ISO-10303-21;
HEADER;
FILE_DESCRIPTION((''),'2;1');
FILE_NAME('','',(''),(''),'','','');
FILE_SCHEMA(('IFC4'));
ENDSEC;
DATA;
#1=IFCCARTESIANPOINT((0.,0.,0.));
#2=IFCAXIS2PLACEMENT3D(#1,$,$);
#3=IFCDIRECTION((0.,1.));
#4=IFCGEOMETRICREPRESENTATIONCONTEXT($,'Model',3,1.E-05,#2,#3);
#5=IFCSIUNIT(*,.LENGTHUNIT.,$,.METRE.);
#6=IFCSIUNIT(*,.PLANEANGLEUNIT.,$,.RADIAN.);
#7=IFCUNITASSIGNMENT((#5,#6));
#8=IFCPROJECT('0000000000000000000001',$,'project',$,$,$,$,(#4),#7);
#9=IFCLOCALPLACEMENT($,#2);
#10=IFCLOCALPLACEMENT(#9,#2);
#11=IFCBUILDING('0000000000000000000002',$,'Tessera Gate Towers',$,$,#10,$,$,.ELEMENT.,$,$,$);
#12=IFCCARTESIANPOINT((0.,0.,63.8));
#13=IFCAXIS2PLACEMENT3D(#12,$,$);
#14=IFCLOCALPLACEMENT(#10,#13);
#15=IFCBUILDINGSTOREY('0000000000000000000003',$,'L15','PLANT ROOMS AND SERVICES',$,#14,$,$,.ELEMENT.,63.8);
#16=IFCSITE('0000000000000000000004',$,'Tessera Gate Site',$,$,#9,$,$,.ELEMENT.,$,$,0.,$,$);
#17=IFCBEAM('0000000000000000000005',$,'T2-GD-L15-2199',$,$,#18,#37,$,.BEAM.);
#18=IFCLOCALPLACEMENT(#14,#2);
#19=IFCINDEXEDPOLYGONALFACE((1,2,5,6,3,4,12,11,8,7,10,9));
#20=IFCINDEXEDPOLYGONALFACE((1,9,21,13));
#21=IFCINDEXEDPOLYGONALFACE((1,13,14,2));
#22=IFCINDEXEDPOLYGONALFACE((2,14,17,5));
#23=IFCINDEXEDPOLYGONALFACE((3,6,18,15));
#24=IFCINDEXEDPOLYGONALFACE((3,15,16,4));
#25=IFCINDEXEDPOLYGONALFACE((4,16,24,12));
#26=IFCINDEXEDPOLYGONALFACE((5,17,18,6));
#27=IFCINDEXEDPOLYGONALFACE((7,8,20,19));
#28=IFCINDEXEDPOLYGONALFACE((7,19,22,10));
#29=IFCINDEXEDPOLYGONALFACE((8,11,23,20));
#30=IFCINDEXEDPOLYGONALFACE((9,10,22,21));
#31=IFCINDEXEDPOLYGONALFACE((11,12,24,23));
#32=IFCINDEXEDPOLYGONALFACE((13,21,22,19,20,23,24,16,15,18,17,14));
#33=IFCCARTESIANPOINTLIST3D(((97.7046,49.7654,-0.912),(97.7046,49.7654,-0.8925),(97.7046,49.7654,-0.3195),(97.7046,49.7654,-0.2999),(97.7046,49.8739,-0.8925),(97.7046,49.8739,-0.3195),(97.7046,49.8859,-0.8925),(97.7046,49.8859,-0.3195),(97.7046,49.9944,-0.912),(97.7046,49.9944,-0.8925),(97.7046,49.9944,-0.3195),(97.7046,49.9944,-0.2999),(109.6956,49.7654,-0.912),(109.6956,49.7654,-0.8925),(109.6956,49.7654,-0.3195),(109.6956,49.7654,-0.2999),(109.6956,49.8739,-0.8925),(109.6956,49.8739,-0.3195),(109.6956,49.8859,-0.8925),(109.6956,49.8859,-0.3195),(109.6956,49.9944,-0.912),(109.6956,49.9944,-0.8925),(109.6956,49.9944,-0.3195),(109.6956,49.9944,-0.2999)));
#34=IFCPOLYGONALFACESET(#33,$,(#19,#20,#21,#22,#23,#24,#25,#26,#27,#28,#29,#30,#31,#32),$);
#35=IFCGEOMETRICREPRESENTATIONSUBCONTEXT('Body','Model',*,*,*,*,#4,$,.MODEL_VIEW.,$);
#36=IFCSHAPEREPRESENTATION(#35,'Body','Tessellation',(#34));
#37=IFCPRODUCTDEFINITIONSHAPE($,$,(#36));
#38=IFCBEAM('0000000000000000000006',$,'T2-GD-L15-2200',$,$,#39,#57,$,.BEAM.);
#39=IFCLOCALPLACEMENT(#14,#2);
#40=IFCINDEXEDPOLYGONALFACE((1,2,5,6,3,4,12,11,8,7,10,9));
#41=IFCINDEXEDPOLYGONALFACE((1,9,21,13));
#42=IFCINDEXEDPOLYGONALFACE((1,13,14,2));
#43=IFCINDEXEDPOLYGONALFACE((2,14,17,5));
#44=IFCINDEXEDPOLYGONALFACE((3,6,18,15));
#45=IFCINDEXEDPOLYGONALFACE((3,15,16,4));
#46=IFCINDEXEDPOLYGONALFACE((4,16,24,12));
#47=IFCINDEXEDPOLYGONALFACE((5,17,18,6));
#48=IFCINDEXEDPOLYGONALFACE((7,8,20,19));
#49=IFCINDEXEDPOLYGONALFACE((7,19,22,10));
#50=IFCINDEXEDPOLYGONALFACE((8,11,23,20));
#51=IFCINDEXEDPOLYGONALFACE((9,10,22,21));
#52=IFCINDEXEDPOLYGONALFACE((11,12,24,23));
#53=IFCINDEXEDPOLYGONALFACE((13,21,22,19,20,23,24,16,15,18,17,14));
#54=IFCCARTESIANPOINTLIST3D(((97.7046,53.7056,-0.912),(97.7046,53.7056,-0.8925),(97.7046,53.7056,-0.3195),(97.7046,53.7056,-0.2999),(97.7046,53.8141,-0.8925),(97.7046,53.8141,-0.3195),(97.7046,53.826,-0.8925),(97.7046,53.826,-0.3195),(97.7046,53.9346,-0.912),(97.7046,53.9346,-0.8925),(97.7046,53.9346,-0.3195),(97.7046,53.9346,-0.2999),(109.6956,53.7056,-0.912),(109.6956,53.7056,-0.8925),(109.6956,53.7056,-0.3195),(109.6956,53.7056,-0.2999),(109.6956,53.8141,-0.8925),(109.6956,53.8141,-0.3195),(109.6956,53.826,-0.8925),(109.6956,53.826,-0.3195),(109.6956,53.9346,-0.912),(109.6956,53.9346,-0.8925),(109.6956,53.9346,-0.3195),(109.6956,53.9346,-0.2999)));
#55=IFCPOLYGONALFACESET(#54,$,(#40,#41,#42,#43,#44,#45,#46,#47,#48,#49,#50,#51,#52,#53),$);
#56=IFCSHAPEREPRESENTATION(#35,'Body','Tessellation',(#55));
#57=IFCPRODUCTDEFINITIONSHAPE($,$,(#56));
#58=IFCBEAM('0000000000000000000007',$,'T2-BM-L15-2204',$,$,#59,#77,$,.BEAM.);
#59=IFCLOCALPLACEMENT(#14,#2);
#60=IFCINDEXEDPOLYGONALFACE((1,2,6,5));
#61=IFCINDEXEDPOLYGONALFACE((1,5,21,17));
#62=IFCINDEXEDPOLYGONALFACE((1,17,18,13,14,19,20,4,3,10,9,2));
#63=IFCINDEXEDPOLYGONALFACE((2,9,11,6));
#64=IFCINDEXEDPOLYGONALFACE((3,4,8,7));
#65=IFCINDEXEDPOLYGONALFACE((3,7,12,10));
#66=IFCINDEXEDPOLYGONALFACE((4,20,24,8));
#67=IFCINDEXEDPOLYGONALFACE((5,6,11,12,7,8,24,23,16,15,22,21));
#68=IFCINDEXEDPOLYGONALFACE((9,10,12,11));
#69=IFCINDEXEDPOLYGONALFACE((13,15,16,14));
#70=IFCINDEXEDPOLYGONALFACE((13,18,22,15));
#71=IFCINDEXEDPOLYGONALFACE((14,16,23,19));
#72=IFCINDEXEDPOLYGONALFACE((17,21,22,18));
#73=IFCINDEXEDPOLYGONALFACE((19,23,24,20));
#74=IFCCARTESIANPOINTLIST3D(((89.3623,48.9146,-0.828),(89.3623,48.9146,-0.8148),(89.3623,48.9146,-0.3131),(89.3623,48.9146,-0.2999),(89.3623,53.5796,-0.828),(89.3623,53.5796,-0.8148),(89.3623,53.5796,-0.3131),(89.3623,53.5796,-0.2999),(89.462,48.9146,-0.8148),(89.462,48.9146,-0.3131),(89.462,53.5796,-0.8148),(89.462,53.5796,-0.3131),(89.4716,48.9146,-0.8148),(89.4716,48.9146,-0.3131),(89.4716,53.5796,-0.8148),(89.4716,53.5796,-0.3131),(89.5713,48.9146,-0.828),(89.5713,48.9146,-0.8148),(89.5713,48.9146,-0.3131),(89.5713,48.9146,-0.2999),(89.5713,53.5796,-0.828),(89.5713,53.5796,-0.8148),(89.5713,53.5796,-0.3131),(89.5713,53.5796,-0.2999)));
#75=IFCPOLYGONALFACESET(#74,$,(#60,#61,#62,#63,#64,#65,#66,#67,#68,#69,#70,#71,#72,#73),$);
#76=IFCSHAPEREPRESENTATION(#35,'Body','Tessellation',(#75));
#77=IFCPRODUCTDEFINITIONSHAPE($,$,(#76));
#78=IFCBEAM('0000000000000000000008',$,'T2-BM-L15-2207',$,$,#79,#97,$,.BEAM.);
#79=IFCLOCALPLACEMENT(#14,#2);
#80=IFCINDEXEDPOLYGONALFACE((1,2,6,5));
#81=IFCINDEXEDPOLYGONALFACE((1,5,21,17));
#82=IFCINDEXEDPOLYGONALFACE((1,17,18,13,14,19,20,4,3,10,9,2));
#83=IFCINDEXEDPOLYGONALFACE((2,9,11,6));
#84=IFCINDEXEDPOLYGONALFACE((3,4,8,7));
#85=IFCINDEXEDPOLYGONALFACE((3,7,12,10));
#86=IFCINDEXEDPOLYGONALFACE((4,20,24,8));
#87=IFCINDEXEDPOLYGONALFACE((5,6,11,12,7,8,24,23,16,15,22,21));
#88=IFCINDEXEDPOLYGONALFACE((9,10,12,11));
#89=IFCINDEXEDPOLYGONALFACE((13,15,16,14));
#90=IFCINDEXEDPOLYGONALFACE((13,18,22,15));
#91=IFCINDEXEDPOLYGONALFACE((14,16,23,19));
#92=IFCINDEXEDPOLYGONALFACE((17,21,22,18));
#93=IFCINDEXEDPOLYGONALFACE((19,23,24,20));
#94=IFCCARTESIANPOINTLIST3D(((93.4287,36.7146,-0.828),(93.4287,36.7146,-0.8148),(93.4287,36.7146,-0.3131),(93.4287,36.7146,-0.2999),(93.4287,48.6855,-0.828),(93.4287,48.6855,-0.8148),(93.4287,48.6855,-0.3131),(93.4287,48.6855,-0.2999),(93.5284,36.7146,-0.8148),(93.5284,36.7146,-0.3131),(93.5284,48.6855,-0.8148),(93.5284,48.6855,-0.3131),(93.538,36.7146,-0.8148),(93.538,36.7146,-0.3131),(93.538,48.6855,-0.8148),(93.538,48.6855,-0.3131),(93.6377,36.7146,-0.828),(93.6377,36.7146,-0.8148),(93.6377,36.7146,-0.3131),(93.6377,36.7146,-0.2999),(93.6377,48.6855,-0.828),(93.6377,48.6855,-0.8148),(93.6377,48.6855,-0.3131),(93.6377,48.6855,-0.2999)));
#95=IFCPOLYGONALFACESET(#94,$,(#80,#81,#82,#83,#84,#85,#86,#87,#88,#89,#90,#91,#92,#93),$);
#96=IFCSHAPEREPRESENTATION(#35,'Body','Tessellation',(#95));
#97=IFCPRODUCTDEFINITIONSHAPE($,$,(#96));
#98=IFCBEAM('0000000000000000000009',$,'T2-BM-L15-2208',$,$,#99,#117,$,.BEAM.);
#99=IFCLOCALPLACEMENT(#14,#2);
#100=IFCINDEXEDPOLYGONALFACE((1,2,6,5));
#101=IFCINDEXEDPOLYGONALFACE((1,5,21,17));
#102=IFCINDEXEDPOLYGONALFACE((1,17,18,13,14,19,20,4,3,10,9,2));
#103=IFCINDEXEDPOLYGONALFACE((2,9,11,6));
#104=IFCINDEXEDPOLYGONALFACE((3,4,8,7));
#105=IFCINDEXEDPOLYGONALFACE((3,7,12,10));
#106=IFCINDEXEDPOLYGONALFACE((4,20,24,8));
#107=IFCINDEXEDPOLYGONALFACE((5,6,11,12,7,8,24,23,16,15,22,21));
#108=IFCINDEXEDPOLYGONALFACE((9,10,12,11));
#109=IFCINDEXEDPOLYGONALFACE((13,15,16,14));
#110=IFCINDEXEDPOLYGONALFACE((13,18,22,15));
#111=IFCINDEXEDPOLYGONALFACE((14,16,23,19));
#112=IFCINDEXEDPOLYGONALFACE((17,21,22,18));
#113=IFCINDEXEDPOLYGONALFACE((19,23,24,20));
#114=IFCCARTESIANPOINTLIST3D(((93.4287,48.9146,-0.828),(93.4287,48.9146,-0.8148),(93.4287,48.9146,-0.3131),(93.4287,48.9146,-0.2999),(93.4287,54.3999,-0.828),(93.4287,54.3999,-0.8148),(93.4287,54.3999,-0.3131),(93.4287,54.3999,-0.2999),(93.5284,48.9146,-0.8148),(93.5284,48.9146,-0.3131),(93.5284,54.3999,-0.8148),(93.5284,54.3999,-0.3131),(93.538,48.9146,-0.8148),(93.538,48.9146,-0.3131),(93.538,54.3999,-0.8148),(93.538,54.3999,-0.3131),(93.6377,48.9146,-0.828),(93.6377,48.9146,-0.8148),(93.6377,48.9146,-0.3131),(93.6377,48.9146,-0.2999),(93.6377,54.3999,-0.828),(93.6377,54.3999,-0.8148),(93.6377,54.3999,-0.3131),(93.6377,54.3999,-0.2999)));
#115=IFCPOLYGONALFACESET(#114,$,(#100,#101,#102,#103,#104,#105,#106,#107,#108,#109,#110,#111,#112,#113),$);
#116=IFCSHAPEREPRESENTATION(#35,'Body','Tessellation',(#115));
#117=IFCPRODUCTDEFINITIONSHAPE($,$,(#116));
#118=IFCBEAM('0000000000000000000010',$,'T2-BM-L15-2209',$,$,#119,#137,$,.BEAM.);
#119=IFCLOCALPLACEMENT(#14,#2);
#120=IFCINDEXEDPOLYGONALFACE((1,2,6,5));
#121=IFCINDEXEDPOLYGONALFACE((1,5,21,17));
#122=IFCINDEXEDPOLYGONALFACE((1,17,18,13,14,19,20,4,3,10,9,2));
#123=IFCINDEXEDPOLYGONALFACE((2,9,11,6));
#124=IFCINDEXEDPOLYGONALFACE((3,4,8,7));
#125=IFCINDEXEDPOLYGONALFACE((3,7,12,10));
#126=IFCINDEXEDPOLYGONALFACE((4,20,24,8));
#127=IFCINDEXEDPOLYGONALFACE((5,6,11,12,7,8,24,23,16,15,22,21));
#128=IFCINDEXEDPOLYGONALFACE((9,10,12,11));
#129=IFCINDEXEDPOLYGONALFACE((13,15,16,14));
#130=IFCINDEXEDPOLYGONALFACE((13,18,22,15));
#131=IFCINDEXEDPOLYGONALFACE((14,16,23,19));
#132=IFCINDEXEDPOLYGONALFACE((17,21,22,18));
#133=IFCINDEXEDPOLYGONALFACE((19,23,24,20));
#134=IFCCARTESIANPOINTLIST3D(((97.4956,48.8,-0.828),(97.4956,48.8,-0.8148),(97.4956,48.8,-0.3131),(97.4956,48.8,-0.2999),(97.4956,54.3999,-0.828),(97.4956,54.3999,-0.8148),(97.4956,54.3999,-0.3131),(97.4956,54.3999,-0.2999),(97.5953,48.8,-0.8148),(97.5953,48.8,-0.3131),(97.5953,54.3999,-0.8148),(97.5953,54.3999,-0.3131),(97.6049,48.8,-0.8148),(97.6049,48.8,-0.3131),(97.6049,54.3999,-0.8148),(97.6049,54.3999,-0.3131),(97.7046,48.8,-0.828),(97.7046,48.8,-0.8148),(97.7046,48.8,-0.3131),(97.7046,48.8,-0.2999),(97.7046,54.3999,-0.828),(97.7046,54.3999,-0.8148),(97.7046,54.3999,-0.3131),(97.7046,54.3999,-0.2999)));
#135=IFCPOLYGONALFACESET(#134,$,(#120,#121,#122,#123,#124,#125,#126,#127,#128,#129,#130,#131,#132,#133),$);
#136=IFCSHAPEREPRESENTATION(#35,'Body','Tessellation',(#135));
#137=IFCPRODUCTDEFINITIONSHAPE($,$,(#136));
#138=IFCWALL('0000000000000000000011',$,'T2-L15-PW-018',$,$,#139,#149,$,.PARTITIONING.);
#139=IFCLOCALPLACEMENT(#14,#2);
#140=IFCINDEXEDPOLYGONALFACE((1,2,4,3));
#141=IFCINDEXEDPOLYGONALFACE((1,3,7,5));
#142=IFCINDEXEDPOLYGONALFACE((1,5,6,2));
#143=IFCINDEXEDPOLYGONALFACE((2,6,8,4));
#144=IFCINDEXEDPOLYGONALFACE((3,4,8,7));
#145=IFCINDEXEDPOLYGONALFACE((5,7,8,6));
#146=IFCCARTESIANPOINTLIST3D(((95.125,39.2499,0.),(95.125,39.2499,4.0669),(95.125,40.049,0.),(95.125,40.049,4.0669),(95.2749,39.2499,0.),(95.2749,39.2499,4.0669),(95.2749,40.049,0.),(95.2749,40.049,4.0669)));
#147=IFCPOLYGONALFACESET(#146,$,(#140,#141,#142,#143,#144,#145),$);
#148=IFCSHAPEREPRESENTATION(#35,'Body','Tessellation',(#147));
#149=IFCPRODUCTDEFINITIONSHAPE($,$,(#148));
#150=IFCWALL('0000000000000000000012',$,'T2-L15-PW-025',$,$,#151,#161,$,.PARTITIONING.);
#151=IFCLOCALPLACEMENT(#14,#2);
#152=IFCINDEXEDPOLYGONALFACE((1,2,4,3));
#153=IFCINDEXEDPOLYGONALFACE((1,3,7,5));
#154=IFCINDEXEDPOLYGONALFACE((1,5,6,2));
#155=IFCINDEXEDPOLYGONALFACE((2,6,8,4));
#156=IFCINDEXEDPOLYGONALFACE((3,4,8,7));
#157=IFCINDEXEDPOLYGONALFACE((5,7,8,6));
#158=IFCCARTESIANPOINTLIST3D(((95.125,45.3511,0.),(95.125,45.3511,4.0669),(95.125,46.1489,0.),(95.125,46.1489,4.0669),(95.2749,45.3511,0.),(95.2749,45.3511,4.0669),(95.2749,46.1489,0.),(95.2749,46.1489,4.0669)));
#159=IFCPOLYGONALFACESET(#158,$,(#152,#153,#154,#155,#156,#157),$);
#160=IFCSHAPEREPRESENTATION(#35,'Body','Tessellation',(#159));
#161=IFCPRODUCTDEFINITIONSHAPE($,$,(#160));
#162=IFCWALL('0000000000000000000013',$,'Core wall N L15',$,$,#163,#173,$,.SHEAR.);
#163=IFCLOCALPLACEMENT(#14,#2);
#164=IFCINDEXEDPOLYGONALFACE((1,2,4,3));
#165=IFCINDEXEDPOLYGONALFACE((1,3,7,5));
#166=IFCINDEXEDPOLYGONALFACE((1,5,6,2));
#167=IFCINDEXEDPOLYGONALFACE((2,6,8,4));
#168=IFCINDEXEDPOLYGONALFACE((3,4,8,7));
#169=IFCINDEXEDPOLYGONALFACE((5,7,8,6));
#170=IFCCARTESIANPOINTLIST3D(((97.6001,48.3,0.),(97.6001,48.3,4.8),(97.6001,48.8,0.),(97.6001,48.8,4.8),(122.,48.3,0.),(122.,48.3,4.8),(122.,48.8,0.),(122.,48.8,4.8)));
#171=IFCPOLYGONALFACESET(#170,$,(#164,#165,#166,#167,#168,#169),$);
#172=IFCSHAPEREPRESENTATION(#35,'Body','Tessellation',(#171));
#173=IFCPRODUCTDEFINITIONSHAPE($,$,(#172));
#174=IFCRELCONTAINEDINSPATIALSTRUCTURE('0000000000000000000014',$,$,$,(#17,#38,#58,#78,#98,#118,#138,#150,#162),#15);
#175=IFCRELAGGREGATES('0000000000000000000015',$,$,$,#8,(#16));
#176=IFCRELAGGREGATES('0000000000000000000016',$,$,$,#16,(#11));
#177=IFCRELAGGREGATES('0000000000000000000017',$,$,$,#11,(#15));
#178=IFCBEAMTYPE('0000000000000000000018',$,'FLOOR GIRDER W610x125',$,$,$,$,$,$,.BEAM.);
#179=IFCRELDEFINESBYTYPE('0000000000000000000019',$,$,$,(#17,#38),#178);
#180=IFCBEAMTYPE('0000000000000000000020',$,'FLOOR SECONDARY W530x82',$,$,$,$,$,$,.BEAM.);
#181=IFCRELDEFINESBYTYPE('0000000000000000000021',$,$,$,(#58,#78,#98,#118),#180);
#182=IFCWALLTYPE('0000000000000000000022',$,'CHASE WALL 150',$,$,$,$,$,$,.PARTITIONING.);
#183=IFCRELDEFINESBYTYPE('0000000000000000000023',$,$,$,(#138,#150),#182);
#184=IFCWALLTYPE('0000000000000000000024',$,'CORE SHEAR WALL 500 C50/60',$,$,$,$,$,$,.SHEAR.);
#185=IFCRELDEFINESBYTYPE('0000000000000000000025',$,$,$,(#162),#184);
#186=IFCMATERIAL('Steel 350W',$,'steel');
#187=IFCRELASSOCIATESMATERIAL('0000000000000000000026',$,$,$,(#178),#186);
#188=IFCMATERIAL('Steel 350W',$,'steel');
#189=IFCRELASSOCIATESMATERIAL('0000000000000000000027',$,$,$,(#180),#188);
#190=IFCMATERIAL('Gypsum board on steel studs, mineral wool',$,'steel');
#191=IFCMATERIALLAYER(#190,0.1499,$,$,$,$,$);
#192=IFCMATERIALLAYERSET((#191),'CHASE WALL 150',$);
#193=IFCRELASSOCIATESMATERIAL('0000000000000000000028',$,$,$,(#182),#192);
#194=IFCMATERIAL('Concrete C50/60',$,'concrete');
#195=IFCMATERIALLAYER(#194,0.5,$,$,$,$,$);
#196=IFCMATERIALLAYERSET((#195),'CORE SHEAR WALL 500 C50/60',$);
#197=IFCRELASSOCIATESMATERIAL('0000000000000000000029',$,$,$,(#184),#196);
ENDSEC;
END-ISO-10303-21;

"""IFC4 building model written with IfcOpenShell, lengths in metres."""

from ifc_helpers import new_model, si_unit, direction, frame, frame_2d, origin, origin_2d, place, context, subcontext, project, spatial, rectangle, i_section, extrude, material, layer, layer_set, material_profile, profile_set, type_object, element, save


model = new_model("IFC4")

# Units and contexts
model_context = context("Model", 3, precision=1e-05, world=origin(), true_north=direction((0.0, 1.0)))
body_context = subcontext(model_context, "Body", "Model", "MODEL_VIEW")
ifc_project = project(units=[si_unit("LENGTHUNIT", "METRE"), si_unit("PLANEANGLEUNIT", "RADIAN")], contexts=[model_context])

# Site, building, storey
site_placement = place(None, origin())
site = spatial("IfcSite", under=ifc_project, at=site_placement, Name="Tessera Gate Site", CompositionType="ELEMENT", RefElevation=0.0)
building_placement = place(site_placement, origin())
building = spatial("IfcBuilding", under=site, at=building_placement, Name="Tessera Gate Towers", CompositionType="ELEMENT")
storey_placement = place(building_placement, frame((0.0, 0.0, 63.8)))
storey = spatial("IfcBuildingStorey", under=building, at=storey_placement, Name="L15", Description="PLANT ROOMS AND SERVICES", CompositionType="ELEMENT", Elevation=63.8)

# Beams
ifc_material_1 = material(Name="Steel 350W", Category="steel")
ifc_material_profile_1 = material_profile(ifc_material_1, i_section(OverallWidth=0.229, OverallDepth=0.6121, WebThickness=0.012, FlangeThickness=0.0195, at=origin_2d()), Name="W610x125")
ifc_profile_set_1 = profile_set([ifc_material_profile_1], Name="Steel 350W")
beam_type_1 = type_object("IfcBeamType", Name="FLOOR GIRDER W610x125", PredefinedType="BEAM", material=ifc_profile_set_1)
for number, where, z_axis, x_axis, name in (
    (1, (97.7046, 49.8799, -0.606), (1.0, 0.0, 0.0), (0.0, 1.0, 0.0), "T2-GD-L15-2199"),
    (2, (97.7046, 53.8201, -0.606), (1.0, 0.0, 0.0), (0.0, 1.0, 0.0), "T2-GD-L15-2200"),
):
    element("IfcBeam", number, at=place(storey_placement, frame(where, z_axis=z_axis, x_axis=x_axis)), inside=storey, type_object=beam_type_1, Name=name, PredefinedType="BEAM", context=body_context, shape_type="SweptSolid", body=[
        extrude(i_section(OverallWidth=0.229, OverallDepth=0.6121, WebThickness=0.012, FlangeThickness=0.0195, at=origin_2d()), origin(), (0.0, 0.0, 1.0), 11.991),
    ])
ifc_material_2 = material(Name="Steel 350W", Category="steel")
ifc_material_profile_2 = material_profile(ifc_material_2, i_section(OverallWidth=0.209, OverallDepth=0.5281, WebThickness=0.0095, FlangeThickness=0.0132, at=origin_2d()), Name="W530x82")
ifc_profile_set_2 = profile_set([ifc_material_profile_2], Name="Steel 350W")
beam_type_2 = type_object("IfcBeamType", Name="FLOOR SECONDARY W530x82", PredefinedType="BEAM", material=ifc_profile_set_2)
beam_1_placement = place(storey_placement, frame((89.4668, 48.9146, -0.564), z_axis=(0.0, 1.0, 0.0), x_axis=(-1.0, 0.0, 0.0)))
element("IfcBeam", 3, at=beam_1_placement, inside=storey, type_object=beam_type_2, Name="T2-BM-L15-2204", PredefinedType="BEAM", context=body_context, shape_type="SweptSolid", body=[
    extrude(i_section(OverallWidth=0.209, OverallDepth=0.5281, WebThickness=0.0095, FlangeThickness=0.0132, at=origin_2d()), origin(), (0.0, 0.0, 1.0), 4.665),
])
beam_2_placement = place(storey_placement, frame((93.5332, 36.7146, -0.564), z_axis=(0.0, 1.0, 0.0), x_axis=(-1.0, 0.0, 0.0)))
element("IfcBeam", 4, at=beam_2_placement, inside=storey, type_object=beam_type_2, Name="T2-BM-L15-2207", PredefinedType="BEAM", context=body_context, shape_type="SweptSolid", body=[
    extrude(i_section(OverallWidth=0.209, OverallDepth=0.5281, WebThickness=0.0095, FlangeThickness=0.0132, at=origin_2d()), origin(), (0.0, 0.0, 1.0), 11.9709),
])
beam_3_placement = place(storey_placement, frame((93.5332, 48.9146, -0.564), z_axis=(0.0, 1.0, 0.0), x_axis=(-1.0, 0.0, 0.0)))
element("IfcBeam", 5, at=beam_3_placement, inside=storey, type_object=beam_type_2, Name="T2-BM-L15-2208", PredefinedType="BEAM", context=body_context, shape_type="SweptSolid", body=[
    extrude(i_section(OverallWidth=0.209, OverallDepth=0.5281, WebThickness=0.0095, FlangeThickness=0.0132, at=origin_2d()), origin(), (0.0, 0.0, 1.0), 5.4854),
])
beam_4_placement = place(storey_placement, frame((97.6001, 48.8, -0.564), z_axis=(0.0, 1.0, 0.0), x_axis=(-1.0, 0.0, 0.0)))
element("IfcBeam", 6, at=beam_4_placement, inside=storey, type_object=beam_type_2, Name="T2-BM-L15-2209", PredefinedType="BEAM", context=body_context, shape_type="SweptSolid", body=[
    extrude(i_section(OverallWidth=0.209, OverallDepth=0.5281, WebThickness=0.0095, FlangeThickness=0.0132, at=origin_2d()), origin(), (0.0, 0.0, 1.0), 5.5999),
])

# Walls
ifc_material_3 = material(Name="Gypsum board on steel studs, mineral wool", Category="steel")
ifc_layer_1 = layer(ifc_material_3, 0.1499)
ifc_layer_set_1 = layer_set([ifc_layer_1], Name="CHASE WALL 150")
wall_type_1 = type_object("IfcWallType", Name="CHASE WALL 150", PredefinedType="PARTITIONING", material=ifc_layer_set_1)
wall_1_placement = place(storey_placement, frame((95.2, 39.25, 0.0), z_axis=(0.0, 0.0, 1.0), x_axis=(0.0, 1.0, 0.0)))
element("IfcWall", 7, at=wall_1_placement, inside=storey, type_object=wall_type_1, Name="T2-L15-PW-018", PredefinedType="PARTITIONING", context=body_context, shape_type="SweptSolid", body=[
    extrude(rectangle(XDim=0.7991, YDim=0.1499, at=frame_2d((0.3994, 0.0))), origin(), (0.0, 0.0, 1.0), 4.0669),
])
wall_2_placement = place(storey_placement, frame((95.2, 45.3511, 0.0), z_axis=(0.0, 0.0, 1.0), x_axis=(0.0, 1.0, 0.0)))
element("IfcWall", 8, at=wall_2_placement, inside=storey, type_object=wall_type_1, Name="T2-L15-PW-025", PredefinedType="PARTITIONING", context=body_context, shape_type="SweptSolid", body=[
    extrude(rectangle(XDim=0.7979, YDim=0.1499, at=frame_2d((0.3989, 0.0))), origin(), (0.0, 0.0, 1.0), 4.0669),
])
ifc_material_4 = material(Name="Concrete C50/60", Category="concrete")
ifc_layer_2 = layer(ifc_material_4, 0.5)
ifc_layer_set_2 = layer_set([ifc_layer_2], Name="CORE SHEAR WALL 500 C50/60")
wall_type_2 = type_object("IfcWallType", Name="CORE SHEAR WALL 500 C50/60", PredefinedType="SHEAR", material=ifc_layer_set_2)
wall_3_placement = place(storey_placement, frame((97.6001, 48.55, 0.0), z_axis=(0.0, 0.0, 1.0), x_axis=(1.0, 0.0, 0.0)))
element("IfcWall", 9, at=wall_3_placement, inside=storey, type_object=wall_type_2, Name="Core wall N L15", PredefinedType="SHEAR", context=body_context, shape_type="SweptSolid", body=[
    extrude(rectangle(XDim=24.3999, YDim=0.5, at=frame_2d((12.2, 0.0))), origin(), (0.0, 0.0, 1.0), 4.8),
])

save(model, "model.ifc")
